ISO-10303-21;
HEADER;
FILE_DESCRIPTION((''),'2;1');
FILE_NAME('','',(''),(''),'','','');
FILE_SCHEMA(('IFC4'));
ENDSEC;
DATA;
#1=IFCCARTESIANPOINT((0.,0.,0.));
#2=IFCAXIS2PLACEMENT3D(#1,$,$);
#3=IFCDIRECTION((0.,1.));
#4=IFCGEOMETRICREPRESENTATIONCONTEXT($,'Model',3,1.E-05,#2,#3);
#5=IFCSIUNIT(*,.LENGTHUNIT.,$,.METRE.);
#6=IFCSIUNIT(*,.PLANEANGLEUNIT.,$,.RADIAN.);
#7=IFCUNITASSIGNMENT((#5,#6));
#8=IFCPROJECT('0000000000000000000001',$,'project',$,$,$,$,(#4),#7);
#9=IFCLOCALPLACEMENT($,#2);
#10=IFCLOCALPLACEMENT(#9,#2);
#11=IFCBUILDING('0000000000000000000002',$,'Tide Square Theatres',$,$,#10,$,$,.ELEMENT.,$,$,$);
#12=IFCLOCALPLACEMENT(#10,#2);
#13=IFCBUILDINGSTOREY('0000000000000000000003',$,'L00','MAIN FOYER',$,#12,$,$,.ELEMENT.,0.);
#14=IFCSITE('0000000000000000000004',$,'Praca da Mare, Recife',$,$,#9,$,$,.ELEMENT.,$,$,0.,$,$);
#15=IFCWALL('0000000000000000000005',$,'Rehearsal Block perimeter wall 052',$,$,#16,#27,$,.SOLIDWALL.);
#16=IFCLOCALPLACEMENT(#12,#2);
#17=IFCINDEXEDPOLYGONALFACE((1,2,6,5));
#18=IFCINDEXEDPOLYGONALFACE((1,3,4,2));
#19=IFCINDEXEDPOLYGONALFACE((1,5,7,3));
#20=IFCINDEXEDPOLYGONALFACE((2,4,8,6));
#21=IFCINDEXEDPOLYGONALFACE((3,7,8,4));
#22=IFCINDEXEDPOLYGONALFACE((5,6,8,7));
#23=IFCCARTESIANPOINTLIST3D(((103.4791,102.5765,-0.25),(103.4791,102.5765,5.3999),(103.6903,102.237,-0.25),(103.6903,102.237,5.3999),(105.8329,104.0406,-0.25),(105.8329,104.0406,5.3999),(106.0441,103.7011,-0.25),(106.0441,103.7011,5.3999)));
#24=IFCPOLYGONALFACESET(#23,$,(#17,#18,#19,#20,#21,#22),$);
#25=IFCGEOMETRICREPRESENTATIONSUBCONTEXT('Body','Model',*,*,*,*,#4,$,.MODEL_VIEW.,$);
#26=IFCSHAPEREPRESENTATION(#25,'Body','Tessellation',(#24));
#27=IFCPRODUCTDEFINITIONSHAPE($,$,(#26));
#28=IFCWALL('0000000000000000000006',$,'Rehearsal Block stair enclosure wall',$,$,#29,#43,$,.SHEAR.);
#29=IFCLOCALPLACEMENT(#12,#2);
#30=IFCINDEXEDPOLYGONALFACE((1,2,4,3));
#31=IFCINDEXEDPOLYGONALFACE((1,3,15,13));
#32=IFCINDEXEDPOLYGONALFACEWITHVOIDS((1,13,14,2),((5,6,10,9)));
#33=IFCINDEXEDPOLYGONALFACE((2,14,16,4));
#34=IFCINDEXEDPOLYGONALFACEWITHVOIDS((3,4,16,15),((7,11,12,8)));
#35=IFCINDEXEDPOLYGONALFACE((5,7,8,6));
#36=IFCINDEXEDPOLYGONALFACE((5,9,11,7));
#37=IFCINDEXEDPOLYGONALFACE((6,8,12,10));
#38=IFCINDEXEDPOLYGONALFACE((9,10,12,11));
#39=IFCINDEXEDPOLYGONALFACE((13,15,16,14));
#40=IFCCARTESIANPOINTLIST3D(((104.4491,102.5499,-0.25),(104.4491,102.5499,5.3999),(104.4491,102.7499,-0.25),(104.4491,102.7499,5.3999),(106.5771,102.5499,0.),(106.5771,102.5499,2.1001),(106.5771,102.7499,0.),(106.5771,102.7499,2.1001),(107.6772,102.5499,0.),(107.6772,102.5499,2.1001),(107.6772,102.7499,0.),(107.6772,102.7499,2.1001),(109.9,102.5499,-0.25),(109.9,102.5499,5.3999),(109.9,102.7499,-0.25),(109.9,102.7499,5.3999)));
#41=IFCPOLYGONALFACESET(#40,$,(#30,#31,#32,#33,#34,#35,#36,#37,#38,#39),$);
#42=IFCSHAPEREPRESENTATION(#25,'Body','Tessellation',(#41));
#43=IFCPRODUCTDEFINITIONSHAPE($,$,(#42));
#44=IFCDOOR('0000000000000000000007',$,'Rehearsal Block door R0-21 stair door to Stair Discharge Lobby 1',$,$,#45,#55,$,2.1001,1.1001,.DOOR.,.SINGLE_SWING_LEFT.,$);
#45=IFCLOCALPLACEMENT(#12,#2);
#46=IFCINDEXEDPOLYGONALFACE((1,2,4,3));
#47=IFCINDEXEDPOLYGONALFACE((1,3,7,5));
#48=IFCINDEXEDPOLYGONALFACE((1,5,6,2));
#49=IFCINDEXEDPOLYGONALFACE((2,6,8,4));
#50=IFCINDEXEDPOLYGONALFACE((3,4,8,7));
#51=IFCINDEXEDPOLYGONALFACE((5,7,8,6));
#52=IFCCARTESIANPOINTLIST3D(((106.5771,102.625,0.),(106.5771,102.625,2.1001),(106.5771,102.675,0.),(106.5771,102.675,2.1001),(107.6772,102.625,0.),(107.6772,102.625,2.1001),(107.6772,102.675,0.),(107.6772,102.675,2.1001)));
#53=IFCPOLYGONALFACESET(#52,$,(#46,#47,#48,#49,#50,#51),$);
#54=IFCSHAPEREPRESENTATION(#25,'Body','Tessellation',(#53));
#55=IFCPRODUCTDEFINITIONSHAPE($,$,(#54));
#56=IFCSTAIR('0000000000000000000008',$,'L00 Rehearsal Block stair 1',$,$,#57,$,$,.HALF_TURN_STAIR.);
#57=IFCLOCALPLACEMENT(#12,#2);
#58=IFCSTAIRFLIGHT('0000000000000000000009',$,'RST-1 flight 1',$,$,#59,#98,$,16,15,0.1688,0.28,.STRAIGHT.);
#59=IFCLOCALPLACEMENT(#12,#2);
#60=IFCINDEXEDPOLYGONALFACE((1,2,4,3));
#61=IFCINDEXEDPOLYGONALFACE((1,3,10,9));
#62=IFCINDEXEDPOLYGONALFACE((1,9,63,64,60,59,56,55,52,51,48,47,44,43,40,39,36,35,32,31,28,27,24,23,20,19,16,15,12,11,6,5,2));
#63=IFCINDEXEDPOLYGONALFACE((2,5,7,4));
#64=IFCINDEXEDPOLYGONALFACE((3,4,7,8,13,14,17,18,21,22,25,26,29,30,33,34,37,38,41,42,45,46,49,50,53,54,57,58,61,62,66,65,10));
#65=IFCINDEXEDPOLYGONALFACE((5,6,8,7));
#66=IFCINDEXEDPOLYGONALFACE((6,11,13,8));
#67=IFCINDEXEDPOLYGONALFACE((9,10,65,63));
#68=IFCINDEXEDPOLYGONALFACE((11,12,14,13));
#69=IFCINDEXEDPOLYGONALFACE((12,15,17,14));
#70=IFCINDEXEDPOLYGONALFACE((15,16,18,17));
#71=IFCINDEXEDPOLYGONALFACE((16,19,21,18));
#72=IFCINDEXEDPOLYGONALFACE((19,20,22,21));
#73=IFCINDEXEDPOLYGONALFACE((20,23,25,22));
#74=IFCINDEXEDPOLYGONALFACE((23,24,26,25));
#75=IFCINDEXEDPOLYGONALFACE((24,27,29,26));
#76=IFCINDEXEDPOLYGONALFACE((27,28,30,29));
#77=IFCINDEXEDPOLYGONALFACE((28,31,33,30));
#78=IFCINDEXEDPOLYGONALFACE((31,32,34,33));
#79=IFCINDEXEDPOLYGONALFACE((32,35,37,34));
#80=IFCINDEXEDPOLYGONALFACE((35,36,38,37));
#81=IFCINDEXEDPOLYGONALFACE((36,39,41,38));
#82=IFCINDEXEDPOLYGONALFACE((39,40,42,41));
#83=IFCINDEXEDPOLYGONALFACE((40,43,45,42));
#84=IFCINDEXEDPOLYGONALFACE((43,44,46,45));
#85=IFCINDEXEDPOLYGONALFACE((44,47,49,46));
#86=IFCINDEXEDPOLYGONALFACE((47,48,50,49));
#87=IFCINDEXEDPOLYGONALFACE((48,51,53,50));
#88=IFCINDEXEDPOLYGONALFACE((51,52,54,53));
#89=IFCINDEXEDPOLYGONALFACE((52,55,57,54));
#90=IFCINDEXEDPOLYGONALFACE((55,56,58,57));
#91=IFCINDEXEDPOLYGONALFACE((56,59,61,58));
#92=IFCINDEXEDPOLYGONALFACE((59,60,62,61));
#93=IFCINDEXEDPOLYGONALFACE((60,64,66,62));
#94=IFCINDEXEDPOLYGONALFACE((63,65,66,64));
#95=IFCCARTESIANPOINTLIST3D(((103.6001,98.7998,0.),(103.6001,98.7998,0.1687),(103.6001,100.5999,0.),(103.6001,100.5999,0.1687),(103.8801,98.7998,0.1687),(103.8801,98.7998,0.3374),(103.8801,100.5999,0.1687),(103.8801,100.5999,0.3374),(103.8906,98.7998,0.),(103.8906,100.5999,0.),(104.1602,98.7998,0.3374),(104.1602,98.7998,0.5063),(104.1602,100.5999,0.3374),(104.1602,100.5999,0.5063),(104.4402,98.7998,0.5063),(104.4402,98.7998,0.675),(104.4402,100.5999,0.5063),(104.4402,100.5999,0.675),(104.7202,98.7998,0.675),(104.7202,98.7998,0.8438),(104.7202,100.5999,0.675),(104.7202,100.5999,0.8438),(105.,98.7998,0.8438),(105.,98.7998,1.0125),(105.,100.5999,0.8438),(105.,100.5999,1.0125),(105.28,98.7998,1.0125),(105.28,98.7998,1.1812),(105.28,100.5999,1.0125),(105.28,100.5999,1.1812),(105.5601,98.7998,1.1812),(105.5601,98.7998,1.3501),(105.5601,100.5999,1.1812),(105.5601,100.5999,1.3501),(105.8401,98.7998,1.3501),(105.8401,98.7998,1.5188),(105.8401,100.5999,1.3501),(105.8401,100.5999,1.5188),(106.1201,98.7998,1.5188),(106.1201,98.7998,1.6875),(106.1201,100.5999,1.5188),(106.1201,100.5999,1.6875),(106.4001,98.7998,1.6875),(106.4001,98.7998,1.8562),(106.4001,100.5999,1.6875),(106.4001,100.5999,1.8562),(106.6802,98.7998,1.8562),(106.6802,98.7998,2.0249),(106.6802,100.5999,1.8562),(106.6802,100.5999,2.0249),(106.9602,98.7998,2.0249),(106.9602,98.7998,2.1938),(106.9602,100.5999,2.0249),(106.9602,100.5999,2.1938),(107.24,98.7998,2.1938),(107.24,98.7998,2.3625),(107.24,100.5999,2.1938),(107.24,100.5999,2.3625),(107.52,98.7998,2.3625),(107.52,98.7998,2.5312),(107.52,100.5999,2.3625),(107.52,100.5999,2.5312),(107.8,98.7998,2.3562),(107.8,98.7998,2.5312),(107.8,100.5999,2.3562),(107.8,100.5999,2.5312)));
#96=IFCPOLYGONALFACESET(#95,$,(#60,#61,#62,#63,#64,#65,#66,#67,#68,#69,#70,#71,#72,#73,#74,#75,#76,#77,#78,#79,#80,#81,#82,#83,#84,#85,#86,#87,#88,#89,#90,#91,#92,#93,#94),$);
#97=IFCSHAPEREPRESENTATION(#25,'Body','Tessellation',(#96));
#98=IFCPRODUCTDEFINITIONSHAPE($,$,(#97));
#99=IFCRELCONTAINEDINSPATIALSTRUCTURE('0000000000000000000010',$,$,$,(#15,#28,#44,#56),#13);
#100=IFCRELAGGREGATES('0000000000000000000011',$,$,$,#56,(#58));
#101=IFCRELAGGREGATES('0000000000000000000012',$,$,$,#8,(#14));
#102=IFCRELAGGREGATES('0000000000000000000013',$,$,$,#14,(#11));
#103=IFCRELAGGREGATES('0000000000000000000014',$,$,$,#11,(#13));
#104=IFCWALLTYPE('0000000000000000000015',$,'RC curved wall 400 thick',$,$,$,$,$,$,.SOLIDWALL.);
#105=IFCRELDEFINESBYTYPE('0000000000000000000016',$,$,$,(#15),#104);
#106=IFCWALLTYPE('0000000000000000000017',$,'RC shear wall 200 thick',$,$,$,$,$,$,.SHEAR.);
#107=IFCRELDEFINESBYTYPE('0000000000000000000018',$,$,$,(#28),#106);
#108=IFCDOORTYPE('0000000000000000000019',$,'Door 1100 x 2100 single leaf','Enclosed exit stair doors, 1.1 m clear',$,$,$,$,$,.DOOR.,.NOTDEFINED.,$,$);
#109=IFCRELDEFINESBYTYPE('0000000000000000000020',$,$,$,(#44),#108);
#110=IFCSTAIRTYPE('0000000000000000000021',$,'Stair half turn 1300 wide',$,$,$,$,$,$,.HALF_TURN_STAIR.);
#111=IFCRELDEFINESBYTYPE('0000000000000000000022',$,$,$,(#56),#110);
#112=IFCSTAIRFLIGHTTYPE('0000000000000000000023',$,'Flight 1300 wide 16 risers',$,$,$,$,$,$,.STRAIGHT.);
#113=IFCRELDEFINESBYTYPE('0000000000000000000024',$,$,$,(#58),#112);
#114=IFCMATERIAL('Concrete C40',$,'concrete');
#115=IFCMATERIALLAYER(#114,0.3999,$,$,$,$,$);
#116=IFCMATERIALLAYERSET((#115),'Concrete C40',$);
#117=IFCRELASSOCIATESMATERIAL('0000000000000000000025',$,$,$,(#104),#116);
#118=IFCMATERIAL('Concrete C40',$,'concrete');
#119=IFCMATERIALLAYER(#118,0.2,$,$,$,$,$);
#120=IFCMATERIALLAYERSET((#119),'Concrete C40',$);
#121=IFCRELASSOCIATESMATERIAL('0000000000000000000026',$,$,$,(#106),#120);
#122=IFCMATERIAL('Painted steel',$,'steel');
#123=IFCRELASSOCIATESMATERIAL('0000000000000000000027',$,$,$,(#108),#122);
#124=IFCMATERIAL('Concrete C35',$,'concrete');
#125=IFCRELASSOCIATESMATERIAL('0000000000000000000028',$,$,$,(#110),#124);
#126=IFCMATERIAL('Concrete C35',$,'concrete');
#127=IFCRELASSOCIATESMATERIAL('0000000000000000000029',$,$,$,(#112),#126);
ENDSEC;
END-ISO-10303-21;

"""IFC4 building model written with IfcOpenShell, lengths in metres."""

from ifc_helpers import new_model, si_unit, direction, frame, frame_2d, origin, place, context, subcontext, project, spatial, polyline, rectangle, outline, extrude, material, layer, layer_set, type_object, element, fill, aggregate, save


model = new_model("IFC4")

# Units and contexts
model_context = context("Model", 3, precision=1e-05, world=origin(), true_north=direction((0.0, 1.0)))
body_context = subcontext(model_context, "Body", "Model", "MODEL_VIEW")
ifc_project = project(units=[si_unit("LENGTHUNIT", "METRE"), si_unit("PLANEANGLEUNIT", "RADIAN")], contexts=[model_context])

# Site, building, storey
site_placement = place(None, origin())
site = spatial("IfcSite", under=ifc_project, at=site_placement, Name="Praca da Mare, Recife", CompositionType="ELEMENT", RefElevation=0.0)
building_placement = place(site_placement, origin())
building = spatial("IfcBuilding", under=site, at=building_placement, Name="Tide Square Theatres", CompositionType="ELEMENT")
storey_placement = place(building_placement, origin())
storey = spatial("IfcBuildingStorey", under=building, at=storey_placement, Name="L00", Description="MAIN FOYER", CompositionType="ELEMENT", Elevation=0.0)

# Wall
ifc_material_1 = material(Name="Concrete C40", Category="concrete")
ifc_layer_1 = layer(ifc_material_1, 0.3999)
ifc_layer_set_1 = layer_set([ifc_layer_1], Name="Concrete C40")
wall_type_1 = type_object("IfcWallType", Name="RC curved wall 400 thick", PredefinedType="SOLIDWALL", material=ifc_layer_set_1)
wall_1_placement = place(storey_placement, frame((105.9385, 103.8708, -0.25), z_axis=(0.0, 0.0, 1.0), x_axis=(-0.849129, -0.528185, 0.0)))
element("IfcWall", 1, at=wall_1_placement, inside=storey, type_object=wall_type_1, Name="Rehearsal Block perimeter wall 052", PredefinedType="SOLIDWALL", context=body_context, shape_type="SweptSolid", body=[
    extrude(rectangle(XDim=2.772, YDim=0.3999, at=frame_2d((1.386, 0.0))), origin(), (0.0, 0.0, 1.0), 5.6499),
])

# Wall, opening, door
ifc_material_2 = material(Name="Concrete C40", Category="concrete")
ifc_layer_2 = layer(ifc_material_2, 0.2)
ifc_layer_set_2 = layer_set([ifc_layer_2], Name="Concrete C40")
wall_type_2 = type_object("IfcWallType", Name="RC shear wall 200 thick", PredefinedType="SHEAR", material=ifc_layer_set_2)
wall_2_placement = place(storey_placement, frame((104.449, 102.6499, -0.25), z_axis=(0.0, 0.0, 1.0), x_axis=(1.0, 0.0, 0.0)))
wall_2 = element("IfcWall", 2, at=wall_2_placement, inside=storey, type_object=wall_type_2, Name="Rehearsal Block stair enclosure wall", PredefinedType="SHEAR", context=body_context, shape_type="SweptSolid", body=[
    extrude(rectangle(XDim=5.4509, YDim=0.2, at=frame_2d((2.7256, 0.0))), origin(), (0.0, 0.0, 1.0), 5.6499),
])
opening_1_placement = place(wall_2_placement, frame((2.1282, 0.0, 0.25)))
opening_1 = element("IfcOpeningElement", 3, at=opening_1_placement, cuts=wall_2, PredefinedType="OPENING", context=body_context, shape_type="SweptSolid", body=[
    extrude(rectangle(XDim=1.1001, YDim=2.1001, at=frame_2d((0.55, 1.05))), frame((0.0, 0.1099, 0.0), z_axis=(0.0, -1.0, 0.0), x_axis=(1.0, 0.0, 0.0)), (0.0, 0.0, 1.0), 0.22),
])
ifc_material_3 = material(Name="Painted steel", Category="steel")
door_type_1 = type_object("IfcDoorType", Name="Door 1100 x 2100 single leaf", Description="Enclosed exit stair doors, 1.1 m clear", OperationType="NOTDEFINED", PredefinedType="DOOR", material=ifc_material_3)
door_1_placement = place(opening_1_placement, frame((1.1001, 0.0, 0.0), z_axis=(0.0, 0.0, 1.0), x_axis=(-1.0, 0.0, 0.0)))
door_1 = element("IfcDoor", 4, at=door_1_placement, inside=storey, type_object=door_type_1, Name="Rehearsal Block door R0-21 stair door to Stair Discharge Lobby 1", OperationType="SINGLE_SWING_LEFT", OverallHeight=2.1001, OverallWidth=1.1001, PredefinedType="DOOR", context=body_context, shape_type="SweptSolid", body=[
    extrude(rectangle(XDim=1.1001, YDim=2.1001, at=frame_2d((0.55, 1.05))), frame((0.0, 0.0249, 0.0), z_axis=(0.0, -1.0, 0.0), x_axis=(1.0, 0.0, 0.0)), (0.0, 0.0, 1.0), 0.05),
])
fill(opening_1, door_1)

# Stair, stair flight
ifc_material_4 = material(Name="Concrete C35", Category="concrete")
stair_type = type_object("IfcStairType", Name="Stair half turn 1300 wide", PredefinedType="HALF_TURN_STAIR", material=ifc_material_4)
stair_placement = place(storey_placement, origin())
stair = element("IfcStair", 5, at=stair_placement, inside=storey, type_object=stair_type, Name="L00 Rehearsal Block stair 1", PredefinedType="HALF_TURN_STAIR")
ifc_material_5 = material(Name="Concrete C35", Category="concrete")
stair_flight_type = type_object("IfcStairFlightType", Name="Flight 1300 wide 16 risers", PredefinedType="STRAIGHT", material=ifc_material_5)
stair_flight_placement = place(storey_placement, frame((103.6001, 99.7, 0.0), z_axis=(0.0, 0.0, 1.0), x_axis=(1.0, 0.0, 0.0)))
stair_flight = element("IfcStairFlight", 6, at=stair_flight_placement, type_object=stair_flight_type, Name="RST-1 flight 1", NumberOfRisers=16, NumberOfTreads=15, PredefinedType="STRAIGHT", RiserHeight=0.1688, TreadLength=0.28, context=body_context, shape_type="SweptSolid", body=[
    extrude(outline(polyline([(0.0, 0.0), (0.0, 0.1687), (0.28, 0.1687), (0.28, 0.3374), (0.5601, 0.3374), (0.5601, 0.5063), (0.8401, 0.5063), (0.8401, 0.675), (1.1201, 0.675), (1.1201, 0.8438), (1.3999, 0.8438), (1.3999, 1.0125), (1.6799, 1.0125), (1.6799, 1.1812), (1.96, 1.1812), (1.96, 1.3501), (2.24, 1.3501), (2.24, 1.5188), (2.52, 1.5188), (2.52, 1.6875), (2.8, 1.6875), (2.8, 1.8562), (3.0801, 1.8562), (3.0801, 2.0249), (3.3601, 2.0249), (3.3601, 2.1938), (3.6399, 2.1938), (3.6399, 2.3625), (3.9199, 2.3625), (3.9199, 2.5312), (4.2, 2.5312), (4.2, 2.7), (4.2, 2.3562), (0.2905, 0.0), (0.0, 0.0)])), frame((0.0, 0.8999, 0.0), z_axis=(0.0, -1.0, 0.0), x_axis=(1.0, 0.0, 0.0)), (0.0, 0.0, 1.0), 1.8),
])
aggregate(stair, [stair_flight])

save(model, "model.ifc")
